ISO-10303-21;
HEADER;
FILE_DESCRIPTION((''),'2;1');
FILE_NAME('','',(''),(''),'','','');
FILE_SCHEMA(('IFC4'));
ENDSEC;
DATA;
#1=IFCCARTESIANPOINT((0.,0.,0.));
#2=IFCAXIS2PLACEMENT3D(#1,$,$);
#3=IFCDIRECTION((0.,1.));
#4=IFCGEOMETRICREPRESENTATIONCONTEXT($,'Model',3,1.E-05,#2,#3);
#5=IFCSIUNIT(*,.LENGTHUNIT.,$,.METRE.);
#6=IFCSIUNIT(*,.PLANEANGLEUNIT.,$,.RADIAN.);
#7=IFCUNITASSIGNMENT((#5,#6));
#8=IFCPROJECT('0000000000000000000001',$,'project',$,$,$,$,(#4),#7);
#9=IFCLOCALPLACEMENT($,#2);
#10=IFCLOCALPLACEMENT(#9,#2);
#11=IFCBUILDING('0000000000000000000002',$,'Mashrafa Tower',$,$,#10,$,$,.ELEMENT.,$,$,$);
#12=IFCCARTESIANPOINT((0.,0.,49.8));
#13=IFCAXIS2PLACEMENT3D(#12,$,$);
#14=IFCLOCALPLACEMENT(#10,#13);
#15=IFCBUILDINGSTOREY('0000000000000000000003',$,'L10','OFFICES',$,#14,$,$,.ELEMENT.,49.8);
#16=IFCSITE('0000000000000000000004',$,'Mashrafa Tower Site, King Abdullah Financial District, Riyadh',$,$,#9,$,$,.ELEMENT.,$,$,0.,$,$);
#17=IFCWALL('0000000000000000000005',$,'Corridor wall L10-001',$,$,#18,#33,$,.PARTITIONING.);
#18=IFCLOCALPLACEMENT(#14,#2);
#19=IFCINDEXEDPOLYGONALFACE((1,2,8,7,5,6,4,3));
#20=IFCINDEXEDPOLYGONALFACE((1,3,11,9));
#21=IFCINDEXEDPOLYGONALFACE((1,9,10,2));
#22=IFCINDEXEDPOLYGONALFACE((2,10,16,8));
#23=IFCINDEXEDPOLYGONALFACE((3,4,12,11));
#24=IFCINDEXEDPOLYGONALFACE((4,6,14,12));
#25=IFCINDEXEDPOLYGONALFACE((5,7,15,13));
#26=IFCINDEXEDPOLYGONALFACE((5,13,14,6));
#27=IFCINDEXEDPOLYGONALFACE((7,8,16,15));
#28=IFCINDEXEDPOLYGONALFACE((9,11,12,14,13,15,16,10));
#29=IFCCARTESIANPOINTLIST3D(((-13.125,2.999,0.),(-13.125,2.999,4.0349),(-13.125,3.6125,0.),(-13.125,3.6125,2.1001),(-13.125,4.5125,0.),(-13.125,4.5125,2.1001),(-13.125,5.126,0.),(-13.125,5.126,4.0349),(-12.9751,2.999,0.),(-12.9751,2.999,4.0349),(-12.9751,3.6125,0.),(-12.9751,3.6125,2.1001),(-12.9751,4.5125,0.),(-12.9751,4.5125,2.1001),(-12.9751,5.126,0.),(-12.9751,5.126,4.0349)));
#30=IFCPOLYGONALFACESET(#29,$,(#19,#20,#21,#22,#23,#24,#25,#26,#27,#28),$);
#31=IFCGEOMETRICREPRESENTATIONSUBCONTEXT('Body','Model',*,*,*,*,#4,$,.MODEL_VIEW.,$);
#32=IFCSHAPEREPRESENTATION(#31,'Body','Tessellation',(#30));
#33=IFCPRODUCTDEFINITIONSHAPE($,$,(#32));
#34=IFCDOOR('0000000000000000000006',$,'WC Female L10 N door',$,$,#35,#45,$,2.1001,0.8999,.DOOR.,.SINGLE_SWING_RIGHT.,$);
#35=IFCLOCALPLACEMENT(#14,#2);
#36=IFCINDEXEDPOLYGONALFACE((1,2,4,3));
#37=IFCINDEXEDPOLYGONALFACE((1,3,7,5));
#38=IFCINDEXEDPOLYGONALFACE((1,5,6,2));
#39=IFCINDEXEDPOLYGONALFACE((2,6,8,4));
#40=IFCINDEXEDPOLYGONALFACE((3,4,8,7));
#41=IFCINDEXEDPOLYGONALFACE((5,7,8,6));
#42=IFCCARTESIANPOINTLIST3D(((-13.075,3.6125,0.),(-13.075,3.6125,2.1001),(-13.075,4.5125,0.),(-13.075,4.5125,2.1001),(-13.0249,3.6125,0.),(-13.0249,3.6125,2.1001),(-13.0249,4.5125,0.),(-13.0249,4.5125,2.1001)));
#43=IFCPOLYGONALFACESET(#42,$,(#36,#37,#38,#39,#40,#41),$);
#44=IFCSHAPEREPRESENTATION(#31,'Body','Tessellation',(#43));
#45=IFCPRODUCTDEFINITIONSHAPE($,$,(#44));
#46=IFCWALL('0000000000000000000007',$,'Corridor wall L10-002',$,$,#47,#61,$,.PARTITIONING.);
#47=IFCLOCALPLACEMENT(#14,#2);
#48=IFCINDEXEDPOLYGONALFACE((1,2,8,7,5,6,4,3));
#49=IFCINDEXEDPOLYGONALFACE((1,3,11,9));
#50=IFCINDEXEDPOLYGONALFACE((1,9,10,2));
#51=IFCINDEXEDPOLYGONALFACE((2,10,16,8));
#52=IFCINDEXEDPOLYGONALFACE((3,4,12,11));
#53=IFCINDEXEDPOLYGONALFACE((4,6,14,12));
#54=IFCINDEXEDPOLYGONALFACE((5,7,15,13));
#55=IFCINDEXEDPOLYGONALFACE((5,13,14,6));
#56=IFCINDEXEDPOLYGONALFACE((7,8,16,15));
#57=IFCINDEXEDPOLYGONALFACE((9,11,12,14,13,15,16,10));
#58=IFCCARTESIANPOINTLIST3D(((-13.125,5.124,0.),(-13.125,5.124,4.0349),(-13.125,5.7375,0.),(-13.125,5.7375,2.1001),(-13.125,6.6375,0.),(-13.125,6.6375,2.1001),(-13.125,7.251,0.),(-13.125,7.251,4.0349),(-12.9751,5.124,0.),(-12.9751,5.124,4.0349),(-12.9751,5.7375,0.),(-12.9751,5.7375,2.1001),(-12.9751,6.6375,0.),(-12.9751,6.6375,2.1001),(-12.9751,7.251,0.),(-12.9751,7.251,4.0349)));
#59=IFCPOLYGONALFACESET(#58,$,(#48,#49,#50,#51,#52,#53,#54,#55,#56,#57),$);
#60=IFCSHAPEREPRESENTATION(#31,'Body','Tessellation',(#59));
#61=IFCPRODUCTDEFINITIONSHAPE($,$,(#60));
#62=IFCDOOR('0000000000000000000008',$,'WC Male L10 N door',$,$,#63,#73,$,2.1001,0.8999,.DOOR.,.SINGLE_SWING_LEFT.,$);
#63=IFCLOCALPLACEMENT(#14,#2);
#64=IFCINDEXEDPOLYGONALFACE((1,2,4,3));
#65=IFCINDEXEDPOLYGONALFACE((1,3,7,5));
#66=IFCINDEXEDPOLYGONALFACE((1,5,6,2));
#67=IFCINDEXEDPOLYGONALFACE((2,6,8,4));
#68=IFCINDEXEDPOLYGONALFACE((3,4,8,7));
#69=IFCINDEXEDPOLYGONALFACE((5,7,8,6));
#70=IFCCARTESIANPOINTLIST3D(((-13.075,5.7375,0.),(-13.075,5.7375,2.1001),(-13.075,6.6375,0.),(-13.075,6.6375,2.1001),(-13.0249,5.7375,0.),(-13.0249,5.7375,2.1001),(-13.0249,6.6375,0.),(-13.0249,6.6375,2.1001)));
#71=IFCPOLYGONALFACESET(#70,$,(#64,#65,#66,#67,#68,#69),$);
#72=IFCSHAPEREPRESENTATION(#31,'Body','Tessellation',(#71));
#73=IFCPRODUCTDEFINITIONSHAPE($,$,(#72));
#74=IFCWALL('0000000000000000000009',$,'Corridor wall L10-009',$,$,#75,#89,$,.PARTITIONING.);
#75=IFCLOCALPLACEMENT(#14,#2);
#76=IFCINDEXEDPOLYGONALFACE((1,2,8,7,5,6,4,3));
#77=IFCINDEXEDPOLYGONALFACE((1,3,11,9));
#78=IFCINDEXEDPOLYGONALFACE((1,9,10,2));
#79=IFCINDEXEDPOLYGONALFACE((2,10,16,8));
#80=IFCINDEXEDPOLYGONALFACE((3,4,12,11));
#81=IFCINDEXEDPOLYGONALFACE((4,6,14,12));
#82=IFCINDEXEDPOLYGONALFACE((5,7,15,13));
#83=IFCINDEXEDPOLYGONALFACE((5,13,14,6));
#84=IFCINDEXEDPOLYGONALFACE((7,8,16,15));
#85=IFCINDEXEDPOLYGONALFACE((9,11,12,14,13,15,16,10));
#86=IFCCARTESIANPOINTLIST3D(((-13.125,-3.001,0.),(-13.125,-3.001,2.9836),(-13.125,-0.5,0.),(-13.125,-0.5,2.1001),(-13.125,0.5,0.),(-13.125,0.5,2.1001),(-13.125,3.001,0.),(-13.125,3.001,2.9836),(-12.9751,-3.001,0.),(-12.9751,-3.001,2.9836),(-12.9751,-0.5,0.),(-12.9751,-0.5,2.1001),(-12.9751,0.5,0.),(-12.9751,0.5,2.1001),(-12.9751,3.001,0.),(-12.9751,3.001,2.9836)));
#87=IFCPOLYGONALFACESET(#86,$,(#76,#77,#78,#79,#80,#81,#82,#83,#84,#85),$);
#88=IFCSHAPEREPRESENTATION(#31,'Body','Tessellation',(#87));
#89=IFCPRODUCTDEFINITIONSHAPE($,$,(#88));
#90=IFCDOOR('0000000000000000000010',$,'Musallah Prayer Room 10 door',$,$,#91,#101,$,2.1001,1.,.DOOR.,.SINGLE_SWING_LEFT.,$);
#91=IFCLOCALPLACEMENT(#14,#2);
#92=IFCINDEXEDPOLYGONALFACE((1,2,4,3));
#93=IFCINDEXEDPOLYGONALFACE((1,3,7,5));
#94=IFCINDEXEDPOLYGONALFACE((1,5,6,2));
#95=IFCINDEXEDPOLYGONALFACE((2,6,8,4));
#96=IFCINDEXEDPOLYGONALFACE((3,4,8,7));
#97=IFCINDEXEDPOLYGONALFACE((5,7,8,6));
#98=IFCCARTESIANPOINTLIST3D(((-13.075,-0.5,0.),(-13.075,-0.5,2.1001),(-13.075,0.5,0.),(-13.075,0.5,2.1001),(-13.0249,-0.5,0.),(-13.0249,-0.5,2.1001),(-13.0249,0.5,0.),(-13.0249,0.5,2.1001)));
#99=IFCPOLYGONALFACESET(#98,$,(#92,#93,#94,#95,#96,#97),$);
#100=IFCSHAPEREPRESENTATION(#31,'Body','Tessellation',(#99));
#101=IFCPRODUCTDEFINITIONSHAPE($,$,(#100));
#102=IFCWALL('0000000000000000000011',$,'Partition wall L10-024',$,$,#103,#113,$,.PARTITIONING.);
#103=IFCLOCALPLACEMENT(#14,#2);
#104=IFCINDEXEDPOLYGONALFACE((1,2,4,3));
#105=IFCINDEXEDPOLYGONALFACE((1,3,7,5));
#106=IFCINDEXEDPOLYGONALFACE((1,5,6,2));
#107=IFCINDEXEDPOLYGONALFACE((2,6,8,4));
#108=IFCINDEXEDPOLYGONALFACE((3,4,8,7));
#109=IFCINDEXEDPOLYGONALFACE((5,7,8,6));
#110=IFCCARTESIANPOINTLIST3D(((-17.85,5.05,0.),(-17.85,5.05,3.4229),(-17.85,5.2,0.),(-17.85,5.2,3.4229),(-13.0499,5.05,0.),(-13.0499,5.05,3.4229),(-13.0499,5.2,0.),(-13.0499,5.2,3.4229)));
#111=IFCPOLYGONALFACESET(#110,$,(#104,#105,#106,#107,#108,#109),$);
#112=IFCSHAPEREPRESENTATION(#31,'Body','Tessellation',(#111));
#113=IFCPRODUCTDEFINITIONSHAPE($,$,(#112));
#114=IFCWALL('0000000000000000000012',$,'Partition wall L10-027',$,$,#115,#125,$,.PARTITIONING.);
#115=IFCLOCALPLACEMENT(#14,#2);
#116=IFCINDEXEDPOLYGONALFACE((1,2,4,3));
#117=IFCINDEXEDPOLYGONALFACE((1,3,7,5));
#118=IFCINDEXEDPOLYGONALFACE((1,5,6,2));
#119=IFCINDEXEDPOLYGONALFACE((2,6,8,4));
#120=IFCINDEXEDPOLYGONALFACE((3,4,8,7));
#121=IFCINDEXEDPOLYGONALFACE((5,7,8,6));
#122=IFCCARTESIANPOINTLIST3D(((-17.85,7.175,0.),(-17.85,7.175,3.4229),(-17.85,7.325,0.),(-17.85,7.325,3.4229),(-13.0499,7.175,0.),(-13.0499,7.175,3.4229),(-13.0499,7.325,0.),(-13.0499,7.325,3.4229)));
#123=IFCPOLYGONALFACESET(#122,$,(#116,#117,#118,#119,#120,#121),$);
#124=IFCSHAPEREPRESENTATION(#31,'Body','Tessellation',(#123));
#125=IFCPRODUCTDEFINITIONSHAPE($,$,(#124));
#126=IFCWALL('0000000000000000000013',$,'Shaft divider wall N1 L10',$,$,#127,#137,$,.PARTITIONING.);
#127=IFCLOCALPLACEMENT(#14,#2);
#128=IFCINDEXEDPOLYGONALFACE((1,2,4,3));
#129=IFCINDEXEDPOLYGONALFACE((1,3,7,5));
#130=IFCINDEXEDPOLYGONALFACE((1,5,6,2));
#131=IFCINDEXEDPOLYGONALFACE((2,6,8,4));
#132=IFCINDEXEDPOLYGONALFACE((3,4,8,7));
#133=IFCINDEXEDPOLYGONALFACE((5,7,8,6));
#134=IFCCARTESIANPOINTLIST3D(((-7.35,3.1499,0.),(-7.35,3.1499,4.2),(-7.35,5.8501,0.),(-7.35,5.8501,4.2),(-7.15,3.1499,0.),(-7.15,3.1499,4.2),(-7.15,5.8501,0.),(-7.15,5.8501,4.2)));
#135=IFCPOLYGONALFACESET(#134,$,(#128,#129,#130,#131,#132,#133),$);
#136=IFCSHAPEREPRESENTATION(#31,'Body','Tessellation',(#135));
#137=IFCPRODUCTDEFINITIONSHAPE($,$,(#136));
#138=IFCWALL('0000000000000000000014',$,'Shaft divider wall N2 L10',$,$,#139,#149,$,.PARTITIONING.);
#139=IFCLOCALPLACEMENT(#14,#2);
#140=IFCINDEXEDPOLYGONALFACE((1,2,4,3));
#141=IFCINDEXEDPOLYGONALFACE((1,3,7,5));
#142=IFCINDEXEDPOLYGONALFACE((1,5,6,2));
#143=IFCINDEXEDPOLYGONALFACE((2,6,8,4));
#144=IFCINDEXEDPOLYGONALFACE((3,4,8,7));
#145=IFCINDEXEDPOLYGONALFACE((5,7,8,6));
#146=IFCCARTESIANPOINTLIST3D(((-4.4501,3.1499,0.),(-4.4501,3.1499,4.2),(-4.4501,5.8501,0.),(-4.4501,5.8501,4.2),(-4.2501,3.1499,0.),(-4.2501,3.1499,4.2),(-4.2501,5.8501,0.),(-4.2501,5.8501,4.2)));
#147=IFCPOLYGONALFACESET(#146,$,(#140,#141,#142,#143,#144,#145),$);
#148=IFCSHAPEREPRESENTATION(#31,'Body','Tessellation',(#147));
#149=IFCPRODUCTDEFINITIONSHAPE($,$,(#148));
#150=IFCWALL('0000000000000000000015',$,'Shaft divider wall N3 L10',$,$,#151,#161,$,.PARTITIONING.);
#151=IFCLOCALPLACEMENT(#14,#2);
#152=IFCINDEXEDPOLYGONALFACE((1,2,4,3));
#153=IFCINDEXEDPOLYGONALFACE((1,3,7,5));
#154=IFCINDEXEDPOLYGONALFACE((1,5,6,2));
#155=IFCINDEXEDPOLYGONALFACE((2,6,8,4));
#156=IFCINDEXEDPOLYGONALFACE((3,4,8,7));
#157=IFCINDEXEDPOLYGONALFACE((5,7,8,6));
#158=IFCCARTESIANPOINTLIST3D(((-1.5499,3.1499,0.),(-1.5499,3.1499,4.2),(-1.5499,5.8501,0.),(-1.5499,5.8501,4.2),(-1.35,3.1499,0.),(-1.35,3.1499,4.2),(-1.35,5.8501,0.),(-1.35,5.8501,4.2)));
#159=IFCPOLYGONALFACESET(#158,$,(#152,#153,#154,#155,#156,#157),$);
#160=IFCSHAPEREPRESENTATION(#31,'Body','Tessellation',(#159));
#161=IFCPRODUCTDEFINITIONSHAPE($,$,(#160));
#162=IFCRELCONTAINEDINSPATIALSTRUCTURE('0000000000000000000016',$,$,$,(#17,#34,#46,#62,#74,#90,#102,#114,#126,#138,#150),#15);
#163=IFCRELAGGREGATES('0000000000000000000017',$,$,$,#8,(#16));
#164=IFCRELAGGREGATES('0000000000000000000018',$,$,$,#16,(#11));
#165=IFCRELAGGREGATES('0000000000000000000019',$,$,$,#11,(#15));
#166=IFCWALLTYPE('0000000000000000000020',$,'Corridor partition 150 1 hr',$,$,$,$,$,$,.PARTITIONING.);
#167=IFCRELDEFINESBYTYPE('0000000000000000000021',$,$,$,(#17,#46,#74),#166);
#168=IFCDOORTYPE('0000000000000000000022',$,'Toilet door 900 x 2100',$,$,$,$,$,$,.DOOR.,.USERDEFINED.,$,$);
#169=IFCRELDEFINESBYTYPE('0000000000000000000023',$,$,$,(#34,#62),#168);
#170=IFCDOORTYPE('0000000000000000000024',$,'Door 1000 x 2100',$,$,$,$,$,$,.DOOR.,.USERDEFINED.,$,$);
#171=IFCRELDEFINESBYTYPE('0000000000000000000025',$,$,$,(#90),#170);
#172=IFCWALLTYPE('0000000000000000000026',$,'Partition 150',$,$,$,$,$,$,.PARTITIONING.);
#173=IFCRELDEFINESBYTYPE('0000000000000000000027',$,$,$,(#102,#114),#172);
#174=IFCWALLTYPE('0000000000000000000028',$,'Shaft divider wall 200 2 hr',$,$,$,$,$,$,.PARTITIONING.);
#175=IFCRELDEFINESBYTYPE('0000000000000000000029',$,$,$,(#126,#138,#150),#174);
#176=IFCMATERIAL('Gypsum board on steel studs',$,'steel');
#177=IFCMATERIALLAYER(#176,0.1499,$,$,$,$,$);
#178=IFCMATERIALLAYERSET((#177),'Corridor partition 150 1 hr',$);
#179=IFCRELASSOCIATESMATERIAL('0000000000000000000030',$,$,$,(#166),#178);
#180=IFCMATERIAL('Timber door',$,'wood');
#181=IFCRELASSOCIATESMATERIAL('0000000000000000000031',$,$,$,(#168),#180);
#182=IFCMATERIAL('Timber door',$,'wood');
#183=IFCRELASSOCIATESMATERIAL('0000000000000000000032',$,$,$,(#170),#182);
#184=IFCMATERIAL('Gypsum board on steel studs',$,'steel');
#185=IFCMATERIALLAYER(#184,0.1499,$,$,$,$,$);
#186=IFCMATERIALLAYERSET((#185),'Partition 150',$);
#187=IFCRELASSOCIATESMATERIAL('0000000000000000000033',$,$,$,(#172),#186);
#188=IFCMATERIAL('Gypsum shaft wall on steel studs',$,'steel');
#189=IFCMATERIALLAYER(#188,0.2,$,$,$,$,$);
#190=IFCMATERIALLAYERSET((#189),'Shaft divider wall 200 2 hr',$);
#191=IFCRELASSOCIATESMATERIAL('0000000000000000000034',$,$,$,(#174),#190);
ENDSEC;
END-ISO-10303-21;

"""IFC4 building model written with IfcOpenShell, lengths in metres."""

from ifc_helpers import new_model, si_unit, direction, frame, frame_2d, origin, place, context, subcontext, project, spatial, rectangle, extrude, material, layer, layer_set, type_object, element, fill, save


model = new_model("IFC4")

# Units and contexts
model_context = context("Model", 3, precision=1e-05, world=origin(), true_north=direction((0.0, 1.0)))
body_context = subcontext(model_context, "Body", "Model", "MODEL_VIEW")
ifc_project = project(units=[si_unit("LENGTHUNIT", "METRE"), si_unit("PLANEANGLEUNIT", "RADIAN")], contexts=[model_context])

# Site, building, storey
site_placement = place(None, origin())
site = spatial("IfcSite", under=ifc_project, at=site_placement, Name="Mashrafa Tower Site, King Abdullah Financial District, Riyadh", CompositionType="ELEMENT", RefElevation=0.0)
building_placement = place(site_placement, origin())
building = spatial("IfcBuilding", under=site, at=building_placement, Name="Mashrafa Tower", CompositionType="ELEMENT")
storey_placement = place(building_placement, frame((0.0, 0.0, 49.8)))
storey = spatial("IfcBuildingStorey", under=building, at=storey_placement, Name="L10", Description="OFFICES", CompositionType="ELEMENT", Elevation=49.8)

# Walls, openings, doors
ifc_material_1 = material(Name="Gypsum board on steel studs", Category="steel")
ifc_layer_1 = layer(ifc_material_1, 0.1499)
ifc_layer_set_1 = layer_set([ifc_layer_1], Name="Corridor partition 150 1 hr")
wall_type_1 = type_object("IfcWallType", Name="Corridor partition 150 1 hr", PredefinedType="PARTITIONING", material=ifc_layer_set_1)
wall_1_placement = place(storey_placement, frame((-13.05, 5.126, 0.0), z_axis=(0.0, 0.0, 1.0), x_axis=(0.0, -1.0, 0.0)))
wall_1 = element("IfcWall", 1, at=wall_1_placement, inside=storey, type_object=wall_type_1, Name="Corridor wall L10-001", PredefinedType="PARTITIONING", context=body_context, shape_type="SweptSolid", body=[
    extrude(rectangle(XDim=2.127, YDim=0.1499, at=frame_2d((1.0635, 0.0))), origin(), (0.0, 0.0, 1.0), 4.0349),
])
opening_1_placement = place(wall_1_placement, frame((0.6135, 0.0, 0.0)))
opening_1 = element("IfcOpeningElement", 2, at=opening_1_placement, cuts=wall_1, PredefinedType="OPENING", context=body_context, shape_type="SweptSolid", body=[
    extrude(rectangle(XDim=0.8999, YDim=2.1001, at=frame_2d((0.45, 1.05))), frame((0.0, 0.085, 0.0), z_axis=(0.0, -1.0, 0.0), x_axis=(1.0, 0.0, 0.0)), (0.0, 0.0, 1.0), 0.1699),
])
ifc_material_2 = material(Name="Timber door", Category="wood")
door_type_1 = type_object("IfcDoorType", Name="Toilet door 900 x 2100", OperationType="USERDEFINED", PredefinedType="DOOR", material=ifc_material_2)
door_1_placement = place(opening_1_placement, frame((0.8999, 0.0, 0.0), z_axis=(0.0, 0.0, 1.0), x_axis=(-1.0, 0.0, 0.0)))
door_1 = element("IfcDoor", 3, at=door_1_placement, inside=storey, type_object=door_type_1, Name="WC Female L10 N door", OperationType="SINGLE_SWING_RIGHT", OverallHeight=2.1001, OverallWidth=0.8999, PredefinedType="DOOR", context=body_context, shape_type="SweptSolid", body=[
    extrude(rectangle(XDim=0.8999, YDim=2.1001, at=frame_2d((0.45, 1.05))), frame((0.0, 0.0249, 0.0), z_axis=(0.0, -1.0, 0.0), x_axis=(1.0, 0.0, 0.0)), (0.0, 0.0, 1.0), 0.05),
])
fill(opening_1, door_1)
wall_2_placement = place(storey_placement, frame((-13.05, 7.251, 0.0), z_axis=(0.0, 0.0, 1.0), x_axis=(0.0, -1.0, 0.0)))
wall_2 = element("IfcWall", 4, at=wall_2_placement, inside=storey, type_object=wall_type_1, Name="Corridor wall L10-002", PredefinedType="PARTITIONING", context=body_context, shape_type="SweptSolid", body=[
    extrude(rectangle(XDim=2.127, YDim=0.1499, at=frame_2d((1.0635, 0.0))), origin(), (0.0, 0.0, 1.0), 4.0349),
])
opening_2_placement = place(wall_2_placement, frame((0.6135, 0.0, 0.0)))
opening_2 = element("IfcOpeningElement", 5, at=opening_2_placement, cuts=wall_2, PredefinedType="OPENING", context=body_context, shape_type="SweptSolid", body=[
    extrude(rectangle(XDim=0.8999, YDim=2.1001, at=frame_2d((0.45, 1.05))), frame((0.0, 0.085, 0.0), z_axis=(0.0, -1.0, 0.0), x_axis=(1.0, 0.0, 0.0)), (0.0, 0.0, 1.0), 0.1699),
])
door_2_placement = place(opening_2_placement, frame((0.8999, 0.0, 0.0), z_axis=(0.0, 0.0, 1.0), x_axis=(-1.0, 0.0, 0.0)))
door_2 = element("IfcDoor", 6, at=door_2_placement, inside=storey, type_object=door_type_1, Name="WC Male L10 N door", OperationType="SINGLE_SWING_LEFT", OverallHeight=2.1001, OverallWidth=0.8999, PredefinedType="DOOR", context=body_context, shape_type="SweptSolid", body=[
    extrude(rectangle(XDim=0.8999, YDim=2.1001, at=frame_2d((0.45, 1.05))), frame((0.0, 0.0249, 0.0), z_axis=(0.0, -1.0, 0.0), x_axis=(1.0, 0.0, 0.0)), (0.0, 0.0, 1.0), 0.05),
])
fill(opening_2, door_2)
wall_3_placement = place(storey_placement, frame((-13.05, 3.001, 0.0), z_axis=(0.0, 0.0, 1.0), x_axis=(0.0, -1.0, 0.0)))
wall_3 = element("IfcWall", 7, at=wall_3_placement, inside=storey, type_object=wall_type_1, Name="Corridor wall L10-009", PredefinedType="PARTITIONING", context=body_context, shape_type="SweptSolid", body=[
    extrude(rectangle(XDim=6.002, YDim=0.1499, at=frame_2d((3.001, 0.0))), origin(), (0.0, 0.0, 1.0), 2.9836),
])
opening_3_placement = place(wall_3_placement, frame((2.501, 0.0, 0.0)))
opening_3 = element("IfcOpeningElement", 8, at=opening_3_placement, cuts=wall_3, PredefinedType="OPENING", context=body_context, shape_type="SweptSolid", body=[
    extrude(rectangle(XDim=1.0, YDim=2.1001, at=frame_2d((0.5, 1.05))), frame((0.0, 0.085, 0.0), z_axis=(0.0, -1.0, 0.0), x_axis=(1.0, 0.0, 0.0)), (0.0, 0.0, 1.0), 0.1699),
])
ifc_material_3 = material(Name="Timber door", Category="wood")
door_type_2 = type_object("IfcDoorType", Name="Door 1000 x 2100", OperationType="USERDEFINED", PredefinedType="DOOR", material=ifc_material_3)
door_3_placement = place(opening_3_placement, frame((1.0, 0.0, 0.0), z_axis=(0.0, 0.0, 1.0), x_axis=(-1.0, 0.0, 0.0)))
door_3 = element("IfcDoor", 9, at=door_3_placement, inside=storey, type_object=door_type_2, Name="Musallah Prayer Room 10 door", OperationType="SINGLE_SWING_LEFT", OverallHeight=2.1001, OverallWidth=1.0, PredefinedType="DOOR", context=body_context, shape_type="SweptSolid", body=[
    extrude(rectangle(XDim=1.0, YDim=2.1001, at=frame_2d((0.5, 1.05))), frame((0.0, 0.0249, 0.0), z_axis=(0.0, -1.0, 0.0), x_axis=(1.0, 0.0, 0.0)), (0.0, 0.0, 1.0), 0.05),
])
fill(opening_3, door_3)

# Walls
ifc_material_4 = material(Name="Gypsum board on steel studs", Category="steel")
ifc_layer_2 = layer(ifc_material_4, 0.1499)
ifc_layer_set_2 = layer_set([ifc_layer_2], Name="Partition 150")
wall_type_2 = type_object("IfcWallType", Name="Partition 150", PredefinedType="PARTITIONING", material=ifc_layer_set_2)
for number, where, z_axis, x_axis, name in (
    (10, (-13.05, 5.125, 0.0), (0.0, 0.0, 1.0), (-1.0, 0.0, 0.0), "Partition wall L10-024"),
    (11, (-13.05, 7.25, 0.0), (0.0, 0.0, 1.0), (-1.0, 0.0, 0.0), "Partition wall L10-027"),
):
    element("IfcWall", number, at=place(storey_placement, frame(where, z_axis=z_axis, x_axis=x_axis)), inside=storey, type_object=wall_type_2, Name=name, PredefinedType="PARTITIONING", context=body_context, shape_type="SweptSolid", body=[
        extrude(rectangle(XDim=4.8, YDim=0.1499, at=frame_2d((2.3999, 0.0))), origin(), (0.0, 0.0, 1.0), 3.4229),
    ])
ifc_material_5 = material(Name="Gypsum shaft wall on steel studs", Category="steel")
ifc_layer_3 = layer(ifc_material_5, 0.2)
ifc_layer_set_3 = layer_set([ifc_layer_3], Name="Shaft divider wall 200 2 hr")
wall_type_3 = type_object("IfcWallType", Name="Shaft divider wall 200 2 hr", PredefinedType="PARTITIONING", material=ifc_layer_set_3)
for number, where, z_axis, x_axis, name in (
    (12, (-7.25, 3.1499, 0.0), (0.0, 0.0, 1.0), (0.0, 1.0, 0.0), "Shaft divider wall N1 L10"),
    (13, (-4.3501, 3.1499, 0.0), (0.0, 0.0, 1.0), (0.0, 1.0, 0.0), "Shaft divider wall N2 L10"),
    (14, (-1.45, 3.1499, 0.0), (0.0, 0.0, 1.0), (0.0, 1.0, 0.0), "Shaft divider wall N3 L10"),
):
    element("IfcWall", number, at=place(storey_placement, frame(where, z_axis=z_axis, x_axis=x_axis)), inside=storey, type_object=wall_type_3, Name=name, PredefinedType="PARTITIONING", context=body_context, shape_type="SweptSolid", body=[
        extrude(rectangle(XDim=2.7002, YDim=0.2, at=frame_2d((1.3501, 0.0))), origin(), (0.0, 0.0, 1.0), 4.2),
    ])

save(model, "model.ifc")
